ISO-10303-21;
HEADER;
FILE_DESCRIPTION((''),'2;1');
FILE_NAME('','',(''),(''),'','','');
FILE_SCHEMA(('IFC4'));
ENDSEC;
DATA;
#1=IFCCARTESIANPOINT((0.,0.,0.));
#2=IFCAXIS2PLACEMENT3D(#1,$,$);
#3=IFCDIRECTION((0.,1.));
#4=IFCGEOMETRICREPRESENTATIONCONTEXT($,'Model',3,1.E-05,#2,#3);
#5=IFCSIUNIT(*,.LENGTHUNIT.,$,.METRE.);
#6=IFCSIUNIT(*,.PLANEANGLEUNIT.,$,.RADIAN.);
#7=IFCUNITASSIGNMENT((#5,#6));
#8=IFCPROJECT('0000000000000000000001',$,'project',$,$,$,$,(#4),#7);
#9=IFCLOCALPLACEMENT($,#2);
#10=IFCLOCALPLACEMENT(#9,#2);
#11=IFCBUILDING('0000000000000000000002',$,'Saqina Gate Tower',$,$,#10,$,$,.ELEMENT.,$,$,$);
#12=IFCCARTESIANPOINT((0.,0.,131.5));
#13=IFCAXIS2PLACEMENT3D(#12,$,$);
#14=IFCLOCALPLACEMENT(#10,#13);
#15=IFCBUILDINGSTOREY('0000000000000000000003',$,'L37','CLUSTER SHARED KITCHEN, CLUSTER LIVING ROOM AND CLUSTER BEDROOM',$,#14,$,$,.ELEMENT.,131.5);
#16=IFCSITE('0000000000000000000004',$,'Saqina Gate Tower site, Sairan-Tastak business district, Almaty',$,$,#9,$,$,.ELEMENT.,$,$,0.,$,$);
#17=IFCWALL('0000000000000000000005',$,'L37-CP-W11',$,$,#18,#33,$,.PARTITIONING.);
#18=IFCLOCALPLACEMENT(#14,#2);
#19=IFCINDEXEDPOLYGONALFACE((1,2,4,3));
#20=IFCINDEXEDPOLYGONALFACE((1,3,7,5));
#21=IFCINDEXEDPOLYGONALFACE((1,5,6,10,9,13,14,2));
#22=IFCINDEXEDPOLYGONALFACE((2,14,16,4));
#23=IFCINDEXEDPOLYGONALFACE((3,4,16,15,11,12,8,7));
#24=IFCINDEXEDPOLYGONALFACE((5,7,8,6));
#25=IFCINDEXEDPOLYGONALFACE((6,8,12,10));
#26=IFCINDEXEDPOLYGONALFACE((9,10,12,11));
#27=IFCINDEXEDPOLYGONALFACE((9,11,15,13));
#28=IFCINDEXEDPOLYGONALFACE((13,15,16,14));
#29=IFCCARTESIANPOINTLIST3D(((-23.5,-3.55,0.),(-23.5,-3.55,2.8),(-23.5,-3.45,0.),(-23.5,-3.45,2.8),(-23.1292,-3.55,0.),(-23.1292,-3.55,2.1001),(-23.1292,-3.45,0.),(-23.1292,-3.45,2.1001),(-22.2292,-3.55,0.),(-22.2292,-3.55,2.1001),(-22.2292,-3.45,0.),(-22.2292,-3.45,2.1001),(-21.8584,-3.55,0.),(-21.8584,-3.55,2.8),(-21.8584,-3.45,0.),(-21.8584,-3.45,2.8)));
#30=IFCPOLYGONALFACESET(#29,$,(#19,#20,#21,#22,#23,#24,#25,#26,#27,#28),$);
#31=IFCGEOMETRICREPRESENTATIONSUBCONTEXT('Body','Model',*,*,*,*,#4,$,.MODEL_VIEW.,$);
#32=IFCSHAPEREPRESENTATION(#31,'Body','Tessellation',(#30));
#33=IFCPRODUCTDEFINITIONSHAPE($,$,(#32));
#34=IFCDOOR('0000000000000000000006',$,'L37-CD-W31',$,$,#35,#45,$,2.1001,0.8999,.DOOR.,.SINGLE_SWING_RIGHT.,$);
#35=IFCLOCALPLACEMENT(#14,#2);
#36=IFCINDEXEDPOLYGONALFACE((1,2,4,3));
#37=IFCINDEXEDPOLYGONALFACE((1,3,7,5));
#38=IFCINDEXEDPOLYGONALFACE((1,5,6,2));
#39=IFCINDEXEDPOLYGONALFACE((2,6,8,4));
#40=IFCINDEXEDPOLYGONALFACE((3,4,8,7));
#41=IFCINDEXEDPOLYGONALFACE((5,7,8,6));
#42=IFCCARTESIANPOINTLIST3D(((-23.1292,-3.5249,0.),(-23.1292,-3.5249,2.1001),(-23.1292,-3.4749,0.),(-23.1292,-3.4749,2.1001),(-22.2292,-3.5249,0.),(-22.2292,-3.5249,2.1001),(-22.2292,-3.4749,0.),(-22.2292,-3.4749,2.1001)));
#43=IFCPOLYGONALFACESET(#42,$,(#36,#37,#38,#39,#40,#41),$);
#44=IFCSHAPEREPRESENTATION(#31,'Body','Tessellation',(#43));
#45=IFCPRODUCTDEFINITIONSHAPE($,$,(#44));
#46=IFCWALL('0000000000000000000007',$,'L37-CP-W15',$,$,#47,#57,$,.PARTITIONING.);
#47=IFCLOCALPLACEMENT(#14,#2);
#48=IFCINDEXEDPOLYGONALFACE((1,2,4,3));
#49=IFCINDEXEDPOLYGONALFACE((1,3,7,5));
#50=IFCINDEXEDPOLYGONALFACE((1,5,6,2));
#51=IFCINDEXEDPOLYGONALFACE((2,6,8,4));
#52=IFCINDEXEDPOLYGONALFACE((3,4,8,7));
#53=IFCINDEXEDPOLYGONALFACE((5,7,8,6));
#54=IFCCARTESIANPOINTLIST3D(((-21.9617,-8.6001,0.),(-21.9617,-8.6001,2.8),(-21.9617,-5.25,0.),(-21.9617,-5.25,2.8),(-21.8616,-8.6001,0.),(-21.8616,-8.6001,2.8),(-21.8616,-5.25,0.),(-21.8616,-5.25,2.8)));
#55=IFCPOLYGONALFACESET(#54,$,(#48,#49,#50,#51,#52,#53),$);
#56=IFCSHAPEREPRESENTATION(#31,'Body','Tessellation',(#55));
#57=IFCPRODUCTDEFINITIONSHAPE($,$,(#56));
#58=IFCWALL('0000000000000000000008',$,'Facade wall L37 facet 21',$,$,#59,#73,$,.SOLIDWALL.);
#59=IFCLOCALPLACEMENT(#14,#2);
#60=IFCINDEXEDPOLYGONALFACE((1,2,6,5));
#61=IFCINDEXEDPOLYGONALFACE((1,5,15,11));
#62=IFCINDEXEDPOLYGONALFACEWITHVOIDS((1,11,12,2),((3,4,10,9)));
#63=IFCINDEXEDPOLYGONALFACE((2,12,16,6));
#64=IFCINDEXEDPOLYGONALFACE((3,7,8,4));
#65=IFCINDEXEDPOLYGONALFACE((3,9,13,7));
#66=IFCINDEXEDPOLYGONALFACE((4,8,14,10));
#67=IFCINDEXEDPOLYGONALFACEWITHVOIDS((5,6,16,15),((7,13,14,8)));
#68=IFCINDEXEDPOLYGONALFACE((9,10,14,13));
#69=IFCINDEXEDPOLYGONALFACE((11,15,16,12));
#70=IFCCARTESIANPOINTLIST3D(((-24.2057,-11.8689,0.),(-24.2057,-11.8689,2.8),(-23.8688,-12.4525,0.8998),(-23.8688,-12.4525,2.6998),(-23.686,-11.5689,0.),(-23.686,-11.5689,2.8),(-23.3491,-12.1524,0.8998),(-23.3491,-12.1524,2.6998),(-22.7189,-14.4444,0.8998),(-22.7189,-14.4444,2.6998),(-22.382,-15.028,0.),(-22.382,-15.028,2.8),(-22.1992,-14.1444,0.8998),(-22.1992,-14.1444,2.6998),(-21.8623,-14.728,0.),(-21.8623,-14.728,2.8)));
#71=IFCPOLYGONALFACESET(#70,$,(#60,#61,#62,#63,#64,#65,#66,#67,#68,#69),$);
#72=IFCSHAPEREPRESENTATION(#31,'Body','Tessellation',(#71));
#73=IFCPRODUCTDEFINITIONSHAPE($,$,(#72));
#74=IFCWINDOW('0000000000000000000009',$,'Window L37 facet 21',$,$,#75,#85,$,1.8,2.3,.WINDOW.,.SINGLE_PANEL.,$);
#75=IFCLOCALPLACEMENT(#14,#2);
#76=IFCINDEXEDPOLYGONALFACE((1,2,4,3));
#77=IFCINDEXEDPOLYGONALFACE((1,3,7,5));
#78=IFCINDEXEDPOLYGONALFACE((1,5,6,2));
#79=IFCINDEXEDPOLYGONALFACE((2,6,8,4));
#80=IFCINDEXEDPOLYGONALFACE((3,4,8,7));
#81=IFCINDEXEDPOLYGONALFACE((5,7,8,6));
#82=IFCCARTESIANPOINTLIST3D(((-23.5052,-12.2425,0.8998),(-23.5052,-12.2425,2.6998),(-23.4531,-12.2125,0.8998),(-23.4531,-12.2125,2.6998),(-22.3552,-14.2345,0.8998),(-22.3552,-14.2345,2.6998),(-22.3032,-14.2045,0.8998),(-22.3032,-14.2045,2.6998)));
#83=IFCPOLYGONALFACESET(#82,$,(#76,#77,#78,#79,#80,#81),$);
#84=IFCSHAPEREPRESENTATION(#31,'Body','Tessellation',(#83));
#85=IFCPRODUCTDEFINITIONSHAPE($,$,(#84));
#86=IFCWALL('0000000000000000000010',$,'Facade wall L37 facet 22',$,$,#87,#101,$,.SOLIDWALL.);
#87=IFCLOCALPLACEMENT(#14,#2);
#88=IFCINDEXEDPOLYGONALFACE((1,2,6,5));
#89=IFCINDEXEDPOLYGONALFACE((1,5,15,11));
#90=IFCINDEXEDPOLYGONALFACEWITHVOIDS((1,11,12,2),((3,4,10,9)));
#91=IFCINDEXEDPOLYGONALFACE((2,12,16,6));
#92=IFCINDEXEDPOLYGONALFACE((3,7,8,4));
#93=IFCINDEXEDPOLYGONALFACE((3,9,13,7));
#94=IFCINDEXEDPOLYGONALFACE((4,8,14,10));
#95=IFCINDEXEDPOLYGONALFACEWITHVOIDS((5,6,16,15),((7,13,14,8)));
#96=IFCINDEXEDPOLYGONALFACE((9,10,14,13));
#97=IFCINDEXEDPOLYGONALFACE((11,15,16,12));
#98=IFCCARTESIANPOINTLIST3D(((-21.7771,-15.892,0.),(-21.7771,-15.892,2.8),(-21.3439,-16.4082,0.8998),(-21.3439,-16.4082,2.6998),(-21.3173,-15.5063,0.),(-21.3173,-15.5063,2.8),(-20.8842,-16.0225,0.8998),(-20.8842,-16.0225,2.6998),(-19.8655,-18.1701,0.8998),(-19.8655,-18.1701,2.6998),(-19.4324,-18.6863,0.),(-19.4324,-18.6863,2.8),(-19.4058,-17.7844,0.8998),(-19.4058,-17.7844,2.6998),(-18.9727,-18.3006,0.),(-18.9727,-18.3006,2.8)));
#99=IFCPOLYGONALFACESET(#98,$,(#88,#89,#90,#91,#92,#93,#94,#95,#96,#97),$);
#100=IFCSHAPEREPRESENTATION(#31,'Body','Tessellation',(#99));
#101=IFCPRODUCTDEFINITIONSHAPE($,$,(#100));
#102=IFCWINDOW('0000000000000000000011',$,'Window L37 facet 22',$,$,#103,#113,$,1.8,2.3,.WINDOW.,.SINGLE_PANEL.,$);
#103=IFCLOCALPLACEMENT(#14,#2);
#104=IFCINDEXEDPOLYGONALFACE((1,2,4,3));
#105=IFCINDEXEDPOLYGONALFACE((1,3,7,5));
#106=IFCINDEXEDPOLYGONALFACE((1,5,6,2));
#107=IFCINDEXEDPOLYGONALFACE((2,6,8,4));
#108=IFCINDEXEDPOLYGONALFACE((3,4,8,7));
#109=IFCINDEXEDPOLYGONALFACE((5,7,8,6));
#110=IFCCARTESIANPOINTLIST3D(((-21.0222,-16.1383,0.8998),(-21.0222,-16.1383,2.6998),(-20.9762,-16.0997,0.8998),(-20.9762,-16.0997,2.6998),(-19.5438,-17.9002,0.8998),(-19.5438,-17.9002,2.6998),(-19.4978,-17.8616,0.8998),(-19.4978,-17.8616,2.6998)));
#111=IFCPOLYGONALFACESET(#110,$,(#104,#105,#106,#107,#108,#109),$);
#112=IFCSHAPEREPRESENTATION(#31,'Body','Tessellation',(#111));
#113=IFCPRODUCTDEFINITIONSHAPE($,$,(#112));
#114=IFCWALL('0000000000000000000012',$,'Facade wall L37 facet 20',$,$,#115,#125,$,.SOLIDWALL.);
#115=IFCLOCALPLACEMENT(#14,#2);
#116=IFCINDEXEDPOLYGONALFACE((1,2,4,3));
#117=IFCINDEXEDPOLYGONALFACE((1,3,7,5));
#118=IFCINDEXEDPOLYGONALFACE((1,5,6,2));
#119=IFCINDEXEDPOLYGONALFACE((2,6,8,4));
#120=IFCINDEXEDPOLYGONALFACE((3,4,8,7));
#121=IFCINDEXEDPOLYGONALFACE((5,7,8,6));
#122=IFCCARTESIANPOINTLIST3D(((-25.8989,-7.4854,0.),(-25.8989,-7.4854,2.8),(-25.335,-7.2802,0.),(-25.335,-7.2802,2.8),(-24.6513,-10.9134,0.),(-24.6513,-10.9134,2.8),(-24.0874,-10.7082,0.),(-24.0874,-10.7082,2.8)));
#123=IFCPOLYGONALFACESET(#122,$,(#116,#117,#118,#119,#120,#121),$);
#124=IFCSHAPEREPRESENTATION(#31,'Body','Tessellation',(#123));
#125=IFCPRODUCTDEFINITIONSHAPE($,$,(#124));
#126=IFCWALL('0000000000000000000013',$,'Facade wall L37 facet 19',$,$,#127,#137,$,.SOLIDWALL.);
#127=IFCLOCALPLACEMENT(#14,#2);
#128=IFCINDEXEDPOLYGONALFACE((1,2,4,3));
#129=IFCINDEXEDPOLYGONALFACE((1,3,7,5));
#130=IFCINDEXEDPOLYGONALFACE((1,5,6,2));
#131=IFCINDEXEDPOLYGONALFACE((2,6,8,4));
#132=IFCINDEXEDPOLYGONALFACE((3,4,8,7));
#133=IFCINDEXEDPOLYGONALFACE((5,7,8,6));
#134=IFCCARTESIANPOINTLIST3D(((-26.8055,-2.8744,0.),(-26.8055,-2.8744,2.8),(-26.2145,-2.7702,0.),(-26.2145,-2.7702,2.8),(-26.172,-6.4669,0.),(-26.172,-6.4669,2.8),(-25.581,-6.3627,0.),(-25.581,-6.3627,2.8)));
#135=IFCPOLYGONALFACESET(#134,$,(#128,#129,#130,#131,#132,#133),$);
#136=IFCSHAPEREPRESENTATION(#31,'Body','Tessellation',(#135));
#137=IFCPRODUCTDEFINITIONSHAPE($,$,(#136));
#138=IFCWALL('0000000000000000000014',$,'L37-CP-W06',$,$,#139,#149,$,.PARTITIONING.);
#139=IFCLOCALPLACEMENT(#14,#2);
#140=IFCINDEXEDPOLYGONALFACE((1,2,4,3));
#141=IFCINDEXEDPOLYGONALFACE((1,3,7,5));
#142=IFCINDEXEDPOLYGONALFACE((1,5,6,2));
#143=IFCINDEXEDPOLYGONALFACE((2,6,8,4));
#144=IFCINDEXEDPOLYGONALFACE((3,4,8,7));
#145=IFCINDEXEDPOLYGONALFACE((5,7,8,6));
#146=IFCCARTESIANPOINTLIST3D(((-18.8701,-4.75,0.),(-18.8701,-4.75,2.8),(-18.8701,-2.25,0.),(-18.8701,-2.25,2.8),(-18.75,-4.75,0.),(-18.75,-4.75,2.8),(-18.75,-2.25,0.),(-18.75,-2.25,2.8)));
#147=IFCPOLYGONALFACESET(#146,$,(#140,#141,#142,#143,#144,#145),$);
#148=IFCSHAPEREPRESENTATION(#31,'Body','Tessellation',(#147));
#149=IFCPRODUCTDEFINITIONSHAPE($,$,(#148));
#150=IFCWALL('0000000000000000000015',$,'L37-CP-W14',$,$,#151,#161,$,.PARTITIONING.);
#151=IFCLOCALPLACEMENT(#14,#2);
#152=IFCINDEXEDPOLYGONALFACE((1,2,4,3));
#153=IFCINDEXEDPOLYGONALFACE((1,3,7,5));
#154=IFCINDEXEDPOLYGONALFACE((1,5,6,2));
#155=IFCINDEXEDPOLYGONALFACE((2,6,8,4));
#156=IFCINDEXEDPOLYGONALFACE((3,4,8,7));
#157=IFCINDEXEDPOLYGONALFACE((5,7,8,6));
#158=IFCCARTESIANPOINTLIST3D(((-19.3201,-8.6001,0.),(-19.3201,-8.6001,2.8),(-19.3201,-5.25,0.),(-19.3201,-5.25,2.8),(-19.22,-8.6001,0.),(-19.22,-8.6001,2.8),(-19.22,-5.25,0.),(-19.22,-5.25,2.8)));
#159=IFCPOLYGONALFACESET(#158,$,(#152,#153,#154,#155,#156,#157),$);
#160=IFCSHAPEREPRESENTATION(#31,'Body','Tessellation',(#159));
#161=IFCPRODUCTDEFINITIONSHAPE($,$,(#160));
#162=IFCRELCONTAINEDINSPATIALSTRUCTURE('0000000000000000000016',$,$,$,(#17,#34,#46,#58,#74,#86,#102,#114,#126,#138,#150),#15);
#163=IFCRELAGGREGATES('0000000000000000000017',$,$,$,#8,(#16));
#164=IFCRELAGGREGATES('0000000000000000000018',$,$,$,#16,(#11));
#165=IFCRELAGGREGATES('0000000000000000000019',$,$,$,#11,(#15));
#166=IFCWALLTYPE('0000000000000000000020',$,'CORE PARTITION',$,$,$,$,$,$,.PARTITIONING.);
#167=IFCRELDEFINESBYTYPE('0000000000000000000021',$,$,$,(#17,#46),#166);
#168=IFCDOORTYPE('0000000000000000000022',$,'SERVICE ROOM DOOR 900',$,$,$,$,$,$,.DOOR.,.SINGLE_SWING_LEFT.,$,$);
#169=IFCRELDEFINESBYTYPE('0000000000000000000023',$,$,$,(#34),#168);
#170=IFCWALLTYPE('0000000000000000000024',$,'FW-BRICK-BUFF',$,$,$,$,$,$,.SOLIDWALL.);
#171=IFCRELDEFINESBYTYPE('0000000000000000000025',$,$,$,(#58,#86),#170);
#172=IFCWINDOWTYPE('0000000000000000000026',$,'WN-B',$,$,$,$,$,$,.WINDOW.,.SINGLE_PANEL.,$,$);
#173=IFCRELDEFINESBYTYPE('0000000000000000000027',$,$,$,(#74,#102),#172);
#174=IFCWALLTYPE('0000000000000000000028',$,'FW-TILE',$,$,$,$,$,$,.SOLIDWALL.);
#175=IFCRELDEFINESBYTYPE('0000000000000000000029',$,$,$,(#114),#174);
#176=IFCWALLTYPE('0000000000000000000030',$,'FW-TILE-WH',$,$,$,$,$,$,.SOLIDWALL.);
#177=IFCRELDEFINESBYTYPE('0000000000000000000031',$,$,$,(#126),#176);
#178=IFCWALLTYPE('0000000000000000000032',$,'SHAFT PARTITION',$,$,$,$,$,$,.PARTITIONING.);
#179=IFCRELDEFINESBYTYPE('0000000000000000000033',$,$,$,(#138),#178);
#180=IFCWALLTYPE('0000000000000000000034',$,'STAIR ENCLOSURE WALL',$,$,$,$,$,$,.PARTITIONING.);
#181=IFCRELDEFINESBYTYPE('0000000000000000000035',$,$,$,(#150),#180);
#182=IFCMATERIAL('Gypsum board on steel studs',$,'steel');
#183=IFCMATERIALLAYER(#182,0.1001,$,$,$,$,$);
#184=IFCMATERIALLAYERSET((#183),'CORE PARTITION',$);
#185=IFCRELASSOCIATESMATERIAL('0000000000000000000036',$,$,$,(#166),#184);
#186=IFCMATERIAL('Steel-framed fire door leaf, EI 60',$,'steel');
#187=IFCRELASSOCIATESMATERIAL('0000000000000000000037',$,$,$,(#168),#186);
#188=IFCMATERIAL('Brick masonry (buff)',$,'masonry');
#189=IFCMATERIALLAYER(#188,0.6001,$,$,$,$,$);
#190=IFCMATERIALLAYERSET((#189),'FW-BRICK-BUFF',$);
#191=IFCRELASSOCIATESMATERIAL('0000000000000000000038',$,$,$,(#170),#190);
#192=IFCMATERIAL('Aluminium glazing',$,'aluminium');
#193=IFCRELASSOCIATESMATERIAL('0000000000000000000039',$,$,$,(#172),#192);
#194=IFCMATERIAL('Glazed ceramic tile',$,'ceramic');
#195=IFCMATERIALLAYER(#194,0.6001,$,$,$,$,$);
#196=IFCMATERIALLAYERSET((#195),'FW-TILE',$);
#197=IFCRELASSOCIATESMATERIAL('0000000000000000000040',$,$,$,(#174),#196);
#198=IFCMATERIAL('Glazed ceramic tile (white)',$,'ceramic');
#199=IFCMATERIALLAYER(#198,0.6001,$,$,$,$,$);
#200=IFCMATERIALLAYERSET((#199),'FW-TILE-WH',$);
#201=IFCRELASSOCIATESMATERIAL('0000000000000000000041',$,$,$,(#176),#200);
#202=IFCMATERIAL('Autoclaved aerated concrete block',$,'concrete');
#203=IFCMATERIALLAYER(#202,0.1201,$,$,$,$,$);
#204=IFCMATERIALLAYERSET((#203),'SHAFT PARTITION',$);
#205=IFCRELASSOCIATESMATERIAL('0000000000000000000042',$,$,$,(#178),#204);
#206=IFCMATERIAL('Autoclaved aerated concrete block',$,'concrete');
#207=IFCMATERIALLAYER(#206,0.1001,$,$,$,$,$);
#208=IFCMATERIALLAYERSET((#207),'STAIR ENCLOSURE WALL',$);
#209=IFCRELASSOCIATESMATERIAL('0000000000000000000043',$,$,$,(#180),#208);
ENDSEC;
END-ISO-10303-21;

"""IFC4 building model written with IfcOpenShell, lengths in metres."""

from ifc_helpers import new_model, si_unit, direction, frame, frame_2d, origin, place, context, subcontext, project, spatial, rectangle, extrude, material, layer, layer_set, type_object, element, fill, save


model = new_model("IFC4")

# Units and contexts
model_context = context("Model", 3, precision=1e-05, world=origin(), true_north=direction((0.0, 1.0)))
body_context = subcontext(model_context, "Body", "Model", "MODEL_VIEW")
ifc_project = project(units=[si_unit("LENGTHUNIT", "METRE"), si_unit("PLANEANGLEUNIT", "RADIAN")], contexts=[model_context])

# Site, building, storey
site_placement = place(None, origin())
site = spatial("IfcSite", under=ifc_project, at=site_placement, Name="Saqina Gate Tower site, Sairan-Tastak business district, Almaty", CompositionType="ELEMENT", RefElevation=0.0)
building_placement = place(site_placement, origin())
building = spatial("IfcBuilding", under=site, at=building_placement, Name="Saqina Gate Tower", CompositionType="ELEMENT")
storey_placement = place(building_placement, frame((0.0, 0.0, 131.5)))
storey = spatial("IfcBuildingStorey", under=building, at=storey_placement, Name="L37", Description="CLUSTER SHARED KITCHEN, CLUSTER LIVING ROOM AND CLUSTER BEDROOM", CompositionType="ELEMENT", Elevation=131.5)

# Shared definitions
ifc_material_1 = material(Name="Gypsum board on steel studs", Category="steel")
ifc_layer_1 = layer(ifc_material_1, 0.1001)
ifc_layer_set_1 = layer_set([ifc_layer_1], Name="CORE PARTITION")
wall_type_1 = type_object("IfcWallType", Name="CORE PARTITION", PredefinedType="PARTITIONING", material=ifc_layer_set_1)

# Wall, opening, door
ifc_material_2 = material(Name="Steel-framed fire door leaf, EI 60", Category="steel")
door_type = type_object("IfcDoorType", Name="SERVICE ROOM DOOR 900", OperationType="SINGLE_SWING_LEFT", PredefinedType="DOOR", material=ifc_material_2)
wall_1_placement = place(storey_placement, frame((-21.8584, -3.5, 0.0), z_axis=(0.0, 0.0, 1.0), x_axis=(-1.0, 0.0, 0.0)))
wall_1 = element("IfcWall", 1, at=wall_1_placement, inside=storey, type_object=wall_type_1, Name="L37-CP-W11", PredefinedType="PARTITIONING", context=body_context, shape_type="SweptSolid", body=[
    extrude(rectangle(XDim=1.6416, YDim=0.1001, at=frame_2d((0.8208, 0.0))), origin(), (0.0, 0.0, 1.0), 2.8),
])
opening_1_placement = place(wall_1_placement, frame((0.3708, 0.0, 0.0)))
opening_1 = element("IfcOpeningElement", 2, at=opening_1_placement, cuts=wall_1, PredefinedType="OPENING", context=body_context, shape_type="SweptSolid", body=[
    extrude(rectangle(XDim=0.8999, YDim=2.1001, at=frame_2d((0.45, 1.05))), frame((0.0, 0.062, 0.0), z_axis=(0.0, -1.0, 0.0), x_axis=(1.0, 0.0, 0.0)), (0.0, 0.0, 1.0), 0.124),
])
door_1_placement = place(opening_1_placement, origin())
door_1 = element("IfcDoor", 3, at=door_1_placement, inside=storey, type_object=door_type, Name="L37-CD-W31", OperationType="SINGLE_SWING_RIGHT", OverallHeight=2.1001, OverallWidth=0.8999, PredefinedType="DOOR", context=body_context, shape_type="SweptSolid", body=[
    extrude(rectangle(XDim=0.8999, YDim=2.1001, at=frame_2d((0.45, 1.05))), frame((0.0, 0.0249, 0.0), z_axis=(0.0, -1.0, 0.0), x_axis=(1.0, 0.0, 0.0)), (0.0, 0.0, 1.0), 0.05),
])
fill(opening_1, door_1)

# Wall
wall_2_placement = place(storey_placement, frame((-21.9116, -8.6001, 0.0), z_axis=(0.0, 0.0, 1.0), x_axis=(0.0, 1.0, 0.0)))
element("IfcWall", 4, at=wall_2_placement, inside=storey, type_object=wall_type_1, Name="L37-CP-W15", PredefinedType="PARTITIONING", context=body_context, shape_type="SweptSolid", body=[
    extrude(rectangle(XDim=3.3501, YDim=0.1001, at=frame_2d((1.675, 0.0))), origin(), (0.0, 0.0, 1.0), 2.8),
])

# Walls, openings, windows
ifc_material_3 = material(Name="Brick masonry (buff)", Category="masonry")
ifc_layer_2 = layer(ifc_material_3, 0.6001)
ifc_layer_set_2 = layer_set([ifc_layer_2], Name="FW-BRICK-BUFF")
wall_type_2 = type_object("IfcWallType", Name="FW-BRICK-BUFF", PredefinedType="SOLIDWALL", material=ifc_layer_set_2)
wall_3_placement = place(storey_placement, frame((-23.9458, -11.719, 0.0), z_axis=(0.0, 0.0, 1.0), x_axis=(0.499954, -0.866052, 0.0)))
wall_3 = element("IfcWall", 5, at=wall_3_placement, inside=storey, type_object=wall_type_2, Name="Facade wall L37 facet 21", PredefinedType="SOLIDWALL", context=body_context, shape_type="SweptSolid", body=[
    extrude(rectangle(XDim=3.6477, YDim=0.6001, at=frame_2d((1.8237, 0.0))), origin(), (0.0, 0.0, 1.0), 2.8),
])
opening_2_placement = place(wall_3_placement, frame((0.6738, 0.0, 0.8999)))
opening_2 = element("IfcOpeningElement", 6, at=opening_2_placement, cuts=wall_3, PredefinedType="OPENING", context=body_context, shape_type="SweptSolid", body=[
    extrude(rectangle(XDim=2.3, YDim=1.8, at=frame_2d((1.1499, 0.8999))), frame((0.0, 0.312, 0.0), z_axis=(0.0, -1.0, 0.0), x_axis=(1.0, 0.0, 0.0)), (0.0, 0.0, 1.0), 0.624),
])
ifc_material_4 = material(Name="Aluminium glazing", Category="aluminium")
window_type = type_object("IfcWindowType", Name="WN-B", PartitioningType="SINGLE_PANEL", PredefinedType="WINDOW", material=ifc_material_4)
window_1_placement = place(opening_2_placement, origin())
window_1 = element("IfcWindow", 7, at=window_1_placement, inside=storey, type_object=window_type, Name="Window L37 facet 21", OverallHeight=1.8, OverallWidth=2.3, PartitioningType="SINGLE_PANEL", PredefinedType="WINDOW", context=body_context, shape_type="SweptSolid", body=[
    extrude(rectangle(XDim=2.3, YDim=1.8, at=frame_2d((1.1499, 0.8999))), frame((0.0, 0.1799, 0.0), z_axis=(0.0, -1.0, 0.0), x_axis=(1.0, 0.0, 0.0)), (0.0, 0.0, 1.0), 0.0601),
])
fill(opening_2, window_1)
wall_4_placement = place(storey_placement, frame((-21.5471, -15.6992, 0.0), z_axis=(0.0, 0.0, 1.0), x_axis=(0.642774, -0.766055, 0.0)))
wall_4 = element("IfcWall", 8, at=wall_4_placement, inside=storey, type_object=wall_type_2, Name="Facade wall L37 facet 22", PredefinedType="SOLIDWALL", context=body_context, shape_type="SweptSolid", body=[
    extrude(rectangle(XDim=3.6477, YDim=0.6001, at=frame_2d((1.8237, 0.0))), origin(), (0.0, 0.0, 1.0), 2.8),
])
opening_3_placement = place(wall_4_placement, frame((0.6738, 0.0, 0.8999)))
opening_3 = element("IfcOpeningElement", 9, at=opening_3_placement, cuts=wall_4, PredefinedType="OPENING", context=body_context, shape_type="SweptSolid", body=[
    extrude(rectangle(XDim=2.3, YDim=1.8, at=frame_2d((1.1499, 0.8999))), frame((0.0, 0.312, 0.0), z_axis=(0.0, -1.0, 0.0), x_axis=(1.0, 0.0, 0.0)), (0.0, 0.0, 1.0), 0.624),
])
window_2_placement = place(opening_3_placement, origin())
window_2 = element("IfcWindow", 10, at=window_2_placement, inside=storey, type_object=window_type, Name="Window L37 facet 22", OverallHeight=1.8, OverallWidth=2.3, PartitioningType="SINGLE_PANEL", PredefinedType="WINDOW", context=body_context, shape_type="SweptSolid", body=[
    extrude(rectangle(XDim=2.3, YDim=1.8, at=frame_2d((1.1499, 0.8999))), frame((0.0, 0.1799, 0.0), z_axis=(0.0, -1.0, 0.0), x_axis=(1.0, 0.0, 0.0)), (0.0, 0.0, 1.0), 0.0601),
])
fill(opening_3, window_2)

# Walls
ifc_material_5 = material(Name="Glazed ceramic tile", Category="ceramic")
ifc_layer_3 = layer(ifc_material_5, 0.6001)
ifc_layer_set_3 = layer_set([ifc_layer_3], Name="FW-TILE")
wall_type_3 = type_object("IfcWallType", Name="FW-TILE", PredefinedType="SOLIDWALL", material=ifc_layer_set_3)
wall_5_placement = place(storey_placement, frame((-25.6169, -7.3828, 0.0), z_axis=(0.0, 0.0, 1.0), x_axis=(0.34199, -0.939704, 0.0)))
element("IfcWall", 11, at=wall_5_placement, inside=storey, type_object=wall_type_3, Name="Facade wall L37 facet 20", PredefinedType="SOLIDWALL", context=body_context, shape_type="SweptSolid", body=[
    extrude(rectangle(XDim=3.6479, YDim=0.6001, at=frame_2d((1.824, 0.0))), origin(), (0.0, 0.0, 1.0), 2.8),
])
ifc_material_6 = material(Name="Glazed ceramic tile (white)", Category="ceramic")
ifc_layer_4 = layer(ifc_material_6, 0.6001)
ifc_layer_set_4 = layer_set([ifc_layer_4], Name="FW-TILE-WH")
wall_type_4 = type_object("IfcWallType", Name="FW-TILE-WH", PredefinedType="SOLIDWALL", material=ifc_layer_set_4)
wall_6_placement = place(storey_placement, frame((-26.51, -2.8223, 0.0), z_axis=(0.0, 0.0, 1.0), x_axis=(0.173671, -0.984804, 0.0)))
element("IfcWall", 12, at=wall_6_placement, inside=storey, type_object=wall_type_4, Name="Facade wall L37 facet 19", PredefinedType="SOLIDWALL", context=body_context, shape_type="SweptSolid", body=[
    extrude(rectangle(XDim=3.6479, YDim=0.6001, at=frame_2d((1.824, 0.0))), origin(), (0.0, 0.0, 1.0), 2.8),
])
ifc_material_7 = material(Name="Autoclaved aerated concrete block", Category="concrete")
ifc_layer_5 = layer(ifc_material_7, 0.1201)
ifc_layer_set_5 = layer_set([ifc_layer_5], Name="SHAFT PARTITION")
wall_type_5 = type_object("IfcWallType", Name="SHAFT PARTITION", PredefinedType="PARTITIONING", material=ifc_layer_set_5)
wall_7_placement = place(storey_placement, frame((-18.8101, -4.75, 0.0), z_axis=(0.0, 0.0, 1.0), x_axis=(0.0, 1.0, 0.0)))
element("IfcWall", 13, at=wall_7_placement, inside=storey, type_object=wall_type_5, Name="L37-CP-W06", PredefinedType="PARTITIONING", context=body_context, shape_type="SweptSolid", body=[
    extrude(rectangle(XDim=2.5, YDim=0.1201, at=frame_2d((1.25, 0.0))), origin(), (0.0, 0.0, 1.0), 2.8),
])
ifc_material_8 = material(Name="Autoclaved aerated concrete block", Category="concrete")
ifc_layer_6 = layer(ifc_material_8, 0.1001)
ifc_layer_set_6 = layer_set([ifc_layer_6], Name="STAIR ENCLOSURE WALL")
wall_type_6 = type_object("IfcWallType", Name="STAIR ENCLOSURE WALL", PredefinedType="PARTITIONING", material=ifc_layer_set_6)
wall_8_placement = place(storey_placement, frame((-19.27, -8.6001, 0.0), z_axis=(0.0, 0.0, 1.0), x_axis=(0.0, 1.0, 0.0)))
element("IfcWall", 14, at=wall_8_placement, inside=storey, type_object=wall_type_6, Name="L37-CP-W14", PredefinedType="PARTITIONING", context=body_context, shape_type="SweptSolid", body=[
    extrude(rectangle(XDim=3.3501, YDim=0.1001, at=frame_2d((1.675, 0.0))), origin(), (0.0, 0.0, 1.0), 2.8),
])

save(model, "model.ifc")
